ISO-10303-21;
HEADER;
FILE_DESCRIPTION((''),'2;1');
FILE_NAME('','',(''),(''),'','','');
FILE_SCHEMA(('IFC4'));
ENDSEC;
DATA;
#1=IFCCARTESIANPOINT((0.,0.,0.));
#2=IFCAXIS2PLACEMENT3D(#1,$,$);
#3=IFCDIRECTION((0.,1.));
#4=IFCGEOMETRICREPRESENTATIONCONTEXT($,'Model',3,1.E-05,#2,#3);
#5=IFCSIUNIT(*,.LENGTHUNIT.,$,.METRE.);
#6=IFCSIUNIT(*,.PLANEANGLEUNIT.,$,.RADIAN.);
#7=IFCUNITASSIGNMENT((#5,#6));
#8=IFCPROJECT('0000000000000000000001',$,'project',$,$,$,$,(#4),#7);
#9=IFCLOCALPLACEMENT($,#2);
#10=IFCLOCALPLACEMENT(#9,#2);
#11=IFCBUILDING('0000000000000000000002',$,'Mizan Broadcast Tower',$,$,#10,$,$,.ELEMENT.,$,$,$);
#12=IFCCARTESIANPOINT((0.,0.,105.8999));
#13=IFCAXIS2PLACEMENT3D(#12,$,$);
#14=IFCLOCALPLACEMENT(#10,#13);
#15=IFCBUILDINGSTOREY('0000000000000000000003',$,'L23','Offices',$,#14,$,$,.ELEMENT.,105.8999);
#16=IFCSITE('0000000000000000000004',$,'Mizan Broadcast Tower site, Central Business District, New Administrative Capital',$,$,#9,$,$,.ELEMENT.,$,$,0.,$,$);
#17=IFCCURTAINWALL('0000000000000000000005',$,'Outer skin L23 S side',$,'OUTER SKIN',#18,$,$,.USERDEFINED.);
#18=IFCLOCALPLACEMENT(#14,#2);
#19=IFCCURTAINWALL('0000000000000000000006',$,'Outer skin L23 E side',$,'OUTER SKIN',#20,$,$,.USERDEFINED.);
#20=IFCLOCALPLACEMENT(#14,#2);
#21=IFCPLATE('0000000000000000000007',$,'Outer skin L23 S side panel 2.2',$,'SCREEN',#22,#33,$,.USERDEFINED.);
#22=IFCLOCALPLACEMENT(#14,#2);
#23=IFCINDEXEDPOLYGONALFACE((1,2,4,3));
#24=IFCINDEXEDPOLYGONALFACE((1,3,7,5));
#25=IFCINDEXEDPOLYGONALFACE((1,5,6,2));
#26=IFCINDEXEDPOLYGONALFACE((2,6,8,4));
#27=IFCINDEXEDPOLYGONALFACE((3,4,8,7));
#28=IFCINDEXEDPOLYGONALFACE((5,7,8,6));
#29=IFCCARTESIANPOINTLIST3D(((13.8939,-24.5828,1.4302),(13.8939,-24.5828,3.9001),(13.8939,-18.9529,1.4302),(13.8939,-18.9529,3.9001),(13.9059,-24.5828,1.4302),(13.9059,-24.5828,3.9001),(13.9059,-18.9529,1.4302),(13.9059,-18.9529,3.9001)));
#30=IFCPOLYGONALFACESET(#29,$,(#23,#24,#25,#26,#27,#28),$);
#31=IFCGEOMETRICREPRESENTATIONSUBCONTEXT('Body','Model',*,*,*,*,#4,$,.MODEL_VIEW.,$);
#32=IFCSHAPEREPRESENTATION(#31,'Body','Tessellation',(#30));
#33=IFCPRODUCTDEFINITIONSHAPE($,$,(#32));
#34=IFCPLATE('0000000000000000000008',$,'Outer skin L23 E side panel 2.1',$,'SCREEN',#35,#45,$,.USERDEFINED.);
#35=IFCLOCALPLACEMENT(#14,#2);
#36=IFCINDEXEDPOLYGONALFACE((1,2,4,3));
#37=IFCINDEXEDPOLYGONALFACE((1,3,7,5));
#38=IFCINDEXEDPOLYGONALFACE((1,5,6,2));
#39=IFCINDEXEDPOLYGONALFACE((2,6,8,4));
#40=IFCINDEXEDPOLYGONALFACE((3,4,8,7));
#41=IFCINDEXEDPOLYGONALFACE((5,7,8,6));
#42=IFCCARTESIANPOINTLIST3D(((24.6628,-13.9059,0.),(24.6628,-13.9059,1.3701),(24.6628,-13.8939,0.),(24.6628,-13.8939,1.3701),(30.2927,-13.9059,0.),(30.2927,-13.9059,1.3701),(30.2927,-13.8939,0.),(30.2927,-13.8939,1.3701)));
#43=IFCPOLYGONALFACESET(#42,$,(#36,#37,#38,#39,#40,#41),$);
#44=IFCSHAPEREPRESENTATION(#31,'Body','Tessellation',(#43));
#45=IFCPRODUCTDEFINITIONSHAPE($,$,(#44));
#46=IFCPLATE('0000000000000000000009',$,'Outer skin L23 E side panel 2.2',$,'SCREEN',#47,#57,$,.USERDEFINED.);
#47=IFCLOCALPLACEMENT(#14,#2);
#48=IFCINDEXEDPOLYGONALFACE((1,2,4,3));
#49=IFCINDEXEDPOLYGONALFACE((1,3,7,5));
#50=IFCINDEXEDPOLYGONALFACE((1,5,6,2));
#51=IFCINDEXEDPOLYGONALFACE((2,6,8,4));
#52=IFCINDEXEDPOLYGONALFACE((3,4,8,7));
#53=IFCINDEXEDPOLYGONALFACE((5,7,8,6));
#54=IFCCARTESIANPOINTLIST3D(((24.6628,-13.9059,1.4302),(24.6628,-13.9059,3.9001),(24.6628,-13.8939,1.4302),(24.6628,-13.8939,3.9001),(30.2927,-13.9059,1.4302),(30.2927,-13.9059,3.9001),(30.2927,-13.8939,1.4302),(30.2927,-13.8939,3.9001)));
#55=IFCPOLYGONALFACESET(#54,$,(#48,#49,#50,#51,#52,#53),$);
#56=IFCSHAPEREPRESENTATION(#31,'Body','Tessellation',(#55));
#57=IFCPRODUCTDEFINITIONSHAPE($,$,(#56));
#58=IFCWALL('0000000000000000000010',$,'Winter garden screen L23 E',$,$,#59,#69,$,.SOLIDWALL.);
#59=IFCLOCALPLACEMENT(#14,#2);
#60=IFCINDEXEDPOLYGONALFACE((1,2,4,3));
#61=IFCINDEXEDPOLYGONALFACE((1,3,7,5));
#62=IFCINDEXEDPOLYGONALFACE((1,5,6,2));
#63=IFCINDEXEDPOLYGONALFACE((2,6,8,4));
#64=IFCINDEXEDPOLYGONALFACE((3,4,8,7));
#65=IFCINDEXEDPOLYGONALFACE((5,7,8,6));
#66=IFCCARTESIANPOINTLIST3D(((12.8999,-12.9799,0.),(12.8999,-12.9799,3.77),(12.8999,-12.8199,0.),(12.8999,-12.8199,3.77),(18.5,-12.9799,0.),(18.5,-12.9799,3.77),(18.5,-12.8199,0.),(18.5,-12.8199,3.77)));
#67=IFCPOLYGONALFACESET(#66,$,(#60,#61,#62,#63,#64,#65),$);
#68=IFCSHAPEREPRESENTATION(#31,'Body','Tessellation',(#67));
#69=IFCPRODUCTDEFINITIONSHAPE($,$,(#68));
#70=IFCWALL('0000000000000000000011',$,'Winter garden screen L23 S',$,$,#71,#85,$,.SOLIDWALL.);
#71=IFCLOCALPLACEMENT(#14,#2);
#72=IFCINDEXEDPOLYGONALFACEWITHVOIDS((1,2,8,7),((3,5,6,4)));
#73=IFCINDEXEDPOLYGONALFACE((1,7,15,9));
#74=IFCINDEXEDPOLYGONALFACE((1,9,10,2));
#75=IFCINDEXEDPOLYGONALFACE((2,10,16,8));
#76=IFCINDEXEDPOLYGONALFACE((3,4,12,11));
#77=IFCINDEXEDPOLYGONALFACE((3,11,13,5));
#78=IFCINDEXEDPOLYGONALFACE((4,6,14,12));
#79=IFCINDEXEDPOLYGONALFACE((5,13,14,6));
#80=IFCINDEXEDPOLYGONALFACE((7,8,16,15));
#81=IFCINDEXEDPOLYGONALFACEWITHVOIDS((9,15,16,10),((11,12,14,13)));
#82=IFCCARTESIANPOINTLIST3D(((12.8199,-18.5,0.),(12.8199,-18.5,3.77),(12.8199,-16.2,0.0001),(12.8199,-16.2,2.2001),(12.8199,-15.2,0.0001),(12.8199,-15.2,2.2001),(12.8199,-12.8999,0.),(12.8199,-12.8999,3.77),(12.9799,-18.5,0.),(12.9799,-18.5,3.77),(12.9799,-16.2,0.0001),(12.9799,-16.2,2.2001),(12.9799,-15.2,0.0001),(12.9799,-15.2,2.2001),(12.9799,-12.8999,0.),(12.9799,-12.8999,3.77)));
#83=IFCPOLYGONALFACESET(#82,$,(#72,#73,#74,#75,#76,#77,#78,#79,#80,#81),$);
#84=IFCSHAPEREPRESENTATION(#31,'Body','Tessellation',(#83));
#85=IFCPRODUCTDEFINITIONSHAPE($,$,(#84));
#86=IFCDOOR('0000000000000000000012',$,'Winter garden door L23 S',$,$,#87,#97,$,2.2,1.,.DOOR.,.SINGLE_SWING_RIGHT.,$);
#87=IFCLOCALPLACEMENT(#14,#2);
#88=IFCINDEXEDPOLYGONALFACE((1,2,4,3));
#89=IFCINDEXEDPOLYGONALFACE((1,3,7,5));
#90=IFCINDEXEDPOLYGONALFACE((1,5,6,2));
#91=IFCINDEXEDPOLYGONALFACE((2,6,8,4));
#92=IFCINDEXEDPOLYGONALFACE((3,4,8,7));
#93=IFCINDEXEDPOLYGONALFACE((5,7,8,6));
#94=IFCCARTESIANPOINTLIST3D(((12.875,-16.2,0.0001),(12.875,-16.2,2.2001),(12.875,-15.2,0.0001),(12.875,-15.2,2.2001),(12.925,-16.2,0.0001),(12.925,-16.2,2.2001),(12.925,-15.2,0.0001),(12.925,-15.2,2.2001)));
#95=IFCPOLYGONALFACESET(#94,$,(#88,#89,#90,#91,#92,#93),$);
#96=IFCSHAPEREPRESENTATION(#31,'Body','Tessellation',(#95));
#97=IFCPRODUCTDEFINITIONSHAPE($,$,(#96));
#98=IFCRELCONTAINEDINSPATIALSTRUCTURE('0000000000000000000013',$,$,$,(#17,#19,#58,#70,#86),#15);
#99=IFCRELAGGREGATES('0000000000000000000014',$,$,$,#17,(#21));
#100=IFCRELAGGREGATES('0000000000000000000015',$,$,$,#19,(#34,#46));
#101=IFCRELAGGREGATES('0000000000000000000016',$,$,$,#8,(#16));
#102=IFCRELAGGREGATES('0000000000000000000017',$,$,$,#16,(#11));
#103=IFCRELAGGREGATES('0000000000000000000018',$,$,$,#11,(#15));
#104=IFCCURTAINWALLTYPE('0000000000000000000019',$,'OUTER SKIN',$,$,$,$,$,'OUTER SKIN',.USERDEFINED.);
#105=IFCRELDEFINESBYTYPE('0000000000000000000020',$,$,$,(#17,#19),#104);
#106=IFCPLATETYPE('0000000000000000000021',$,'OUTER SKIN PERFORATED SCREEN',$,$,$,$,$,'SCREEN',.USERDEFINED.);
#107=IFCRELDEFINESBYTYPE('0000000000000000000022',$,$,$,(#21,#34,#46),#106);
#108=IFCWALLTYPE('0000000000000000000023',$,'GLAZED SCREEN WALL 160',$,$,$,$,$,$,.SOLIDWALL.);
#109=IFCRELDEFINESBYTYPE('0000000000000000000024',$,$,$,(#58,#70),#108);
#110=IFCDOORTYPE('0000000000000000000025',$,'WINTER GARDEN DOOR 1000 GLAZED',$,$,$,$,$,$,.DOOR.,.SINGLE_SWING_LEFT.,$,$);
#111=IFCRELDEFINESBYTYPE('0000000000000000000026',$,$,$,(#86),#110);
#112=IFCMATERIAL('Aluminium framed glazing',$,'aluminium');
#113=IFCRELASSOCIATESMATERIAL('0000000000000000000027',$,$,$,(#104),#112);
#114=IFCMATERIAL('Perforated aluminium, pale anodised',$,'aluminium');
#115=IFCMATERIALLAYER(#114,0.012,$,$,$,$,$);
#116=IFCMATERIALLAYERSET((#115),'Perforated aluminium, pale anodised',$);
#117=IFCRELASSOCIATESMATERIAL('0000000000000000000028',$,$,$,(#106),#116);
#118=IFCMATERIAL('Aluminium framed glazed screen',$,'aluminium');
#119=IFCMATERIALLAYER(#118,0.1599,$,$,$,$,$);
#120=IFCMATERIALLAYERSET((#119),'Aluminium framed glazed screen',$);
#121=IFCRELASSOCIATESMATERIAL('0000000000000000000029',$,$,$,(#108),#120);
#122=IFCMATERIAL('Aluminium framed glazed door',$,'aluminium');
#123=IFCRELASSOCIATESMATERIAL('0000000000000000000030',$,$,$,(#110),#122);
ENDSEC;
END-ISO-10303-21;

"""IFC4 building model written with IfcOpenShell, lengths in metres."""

from ifc_helpers import new_model, si_unit, direction, frame, frame_2d, origin, origin_2d, place, context, subcontext, project, spatial, rectangle, extrude, material, layer, layer_set, type_object, element, fill, aggregate, save


model = new_model("IFC4")

# Units and contexts
model_context = context("Model", 3, precision=1e-05, world=origin(), true_north=direction((0.0, 1.0)))
body_context = subcontext(model_context, "Body", "Model", "MODEL_VIEW")
ifc_project = project(units=[si_unit("LENGTHUNIT", "METRE"), si_unit("PLANEANGLEUNIT", "RADIAN")], contexts=[model_context])

# Site, building, storey
site_placement = place(None, origin())
site = spatial("IfcSite", under=ifc_project, at=site_placement, Name="Mizan Broadcast Tower site, Central Business District, New Administrative Capital", CompositionType="ELEMENT", RefElevation=0.0)
building_placement = place(site_placement, origin())
building = spatial("IfcBuilding", under=site, at=building_placement, Name="Mizan Broadcast Tower", CompositionType="ELEMENT")
storey_placement = place(building_placement, frame((0.0, 0.0, 105.8999)))
storey = spatial("IfcBuildingStorey", under=building, at=storey_placement, Name="L23", Description="Offices", CompositionType="ELEMENT", Elevation=105.8999)

# Shared definitions
ifc_material_1 = material(Name="Aluminium framed glazing", Category="aluminium")
curtain_wall_type_1 = type_object("IfcCurtainWallType", Name="OUTER SKIN", ElementType="OUTER SKIN", PredefinedType="USERDEFINED", material=ifc_material_1)

# Curtain wall
curtain_wall_1_placement = place(storey_placement, origin())
curtain_wall_1 = element("IfcCurtainWall", 1, at=curtain_wall_1_placement, inside=storey, type_object=curtain_wall_type_1, Name="Outer skin L23 S side", ObjectType="OUTER SKIN", PredefinedType="USERDEFINED")

# Curtain wall
curtain_wall_2_placement = place(storey_placement, origin())
curtain_wall_2 = element("IfcCurtainWall", 2, at=curtain_wall_2_placement, inside=storey, type_object=curtain_wall_type_1, Name="Outer skin L23 E side", ObjectType="OUTER SKIN", PredefinedType="USERDEFINED")

# Plates
ifc_material_2 = material(Name="Perforated aluminium, pale anodised", Category="aluminium")
ifc_layer_1 = layer(ifc_material_2, 0.012)
ifc_layer_set_1 = layer_set([ifc_layer_1], Name="Perforated aluminium, pale anodised")
plate_type_1 = type_object("IfcPlateType", Name="OUTER SKIN PERFORATED SCREEN", ElementType="SCREEN", PredefinedType="USERDEFINED", material=ifc_layer_set_1)
plate_1_placement = place(storey_placement, frame((13.8999, -21.7678, 1.4302), z_axis=(0.0, 0.0, 1.0), x_axis=(0.0, 1.0, 0.0)))
plate_1 = element("IfcPlate", 3, at=plate_1_placement, type_object=plate_type_1, Name="Outer skin L23 S side panel 2.2", ObjectType="SCREEN", PredefinedType="USERDEFINED", context=body_context, shape_type="SweptSolid", body=[
    extrude(rectangle(XDim=5.6299, YDim=0.012, at=origin_2d()), origin(), (0.0, 0.0, 1.0), 2.47),
])
aggregate(curtain_wall_1, [plate_1])
plate_2_placement = place(storey_placement, frame((27.4778, -13.8999, 0.0), z_axis=(0.0, 0.0, 1.0), x_axis=(1.0, 0.0, 0.0)))
plate_2 = element("IfcPlate", 4, at=plate_2_placement, type_object=plate_type_1, Name="Outer skin L23 E side panel 2.1", ObjectType="SCREEN", PredefinedType="USERDEFINED", context=body_context, shape_type="SweptSolid", body=[
    extrude(rectangle(XDim=5.6299, YDim=0.012, at=origin_2d()), origin(), (0.0, 0.0, 1.0), 1.3701),
])
plate_3_placement = place(storey_placement, frame((27.4778, -13.8999, 1.4302), z_axis=(0.0, 0.0, 1.0), x_axis=(1.0, 0.0, 0.0)))
plate_3 = element("IfcPlate", 5, at=plate_3_placement, type_object=plate_type_1, Name="Outer skin L23 E side panel 2.2", ObjectType="SCREEN", PredefinedType="USERDEFINED", context=body_context, shape_type="SweptSolid", body=[
    extrude(rectangle(XDim=5.6299, YDim=0.012, at=origin_2d()), origin(), (0.0, 0.0, 1.0), 2.47),
])
aggregate(curtain_wall_2, [plate_2, plate_3])

# Wall
ifc_material_3 = material(Name="Aluminium framed glazed screen", Category="aluminium")
ifc_layer_2 = layer(ifc_material_3, 0.1599)
ifc_layer_set_2 = layer_set([ifc_layer_2], Name="Aluminium framed glazed screen")
wall_type = type_object("IfcWallType", Name="GLAZED SCREEN WALL 160", PredefinedType="SOLIDWALL", material=ifc_layer_set_2)
wall_1_placement = place(storey_placement, frame((12.8999, -12.8999, 0.0), z_axis=(0.0, 0.0, 1.0), x_axis=(1.0, 0.0, 0.0)))
element("IfcWall", 6, at=wall_1_placement, inside=storey, type_object=wall_type, Name="Winter garden screen L23 E", PredefinedType="SOLIDWALL", context=body_context, shape_type="SweptSolid", body=[
    extrude(rectangle(XDim=5.6001, YDim=0.1599, at=frame_2d((2.8, 0.0))), origin(), (0.0, 0.0, 1.0), 3.77),
])

# Wall, opening, door
wall_2_placement = place(storey_placement, frame((12.8999, -18.5, 0.0), z_axis=(0.0, 0.0, 1.0), x_axis=(0.0, 1.0, 0.0)))
wall_2 = element("IfcWall", 7, at=wall_2_placement, inside=storey, type_object=wall_type, Name="Winter garden screen L23 S", PredefinedType="SOLIDWALL", context=body_context, shape_type="SweptSolid", body=[
    extrude(rectangle(XDim=5.6001, YDim=0.1599, at=frame_2d((2.8, 0.0))), origin(), (0.0, 0.0, 1.0), 3.77),
])
opening_placement = place(wall_2_placement, frame((2.3, 0.0, 0.0)))
opening = element("IfcOpeningElement", 8, at=opening_placement, cuts=wall_2, PredefinedType="OPENING", context=body_context, shape_type="SweptSolid", body=[
    extrude(rectangle(XDim=1.0, YDim=2.2, at=frame_2d((0.5, 1.1001))), frame((0.0, 0.0898, 0.0), z_axis=(0.0, -1.0, 0.0), x_axis=(1.0, 0.0, 0.0)), (0.0, 0.0, 1.0), 0.1799),
])
ifc_material_4 = material(Name="Aluminium framed glazed door", Category="aluminium")
door_type = type_object("IfcDoorType", Name="WINTER GARDEN DOOR 1000 GLAZED", OperationType="SINGLE_SWING_LEFT", PredefinedType="DOOR", material=ifc_material_4)
door_placement = place(opening_placement, origin())
door = element("IfcDoor", 9, at=door_placement, inside=storey, type_object=door_type, Name="Winter garden door L23 S", OperationType="SINGLE_SWING_RIGHT", OverallHeight=2.2, OverallWidth=1.0, PredefinedType="DOOR", context=body_context, shape_type="SweptSolid", body=[
    extrude(rectangle(XDim=1.0, YDim=2.2, at=frame_2d((0.5, 1.1001))), frame((0.0, 0.0249, 0.0), z_axis=(0.0, -1.0, 0.0), x_axis=(1.0, 0.0, 0.0)), (0.0, 0.0, 1.0), 0.05),
])
fill(opening, door)

save(model, "model.ifc")
